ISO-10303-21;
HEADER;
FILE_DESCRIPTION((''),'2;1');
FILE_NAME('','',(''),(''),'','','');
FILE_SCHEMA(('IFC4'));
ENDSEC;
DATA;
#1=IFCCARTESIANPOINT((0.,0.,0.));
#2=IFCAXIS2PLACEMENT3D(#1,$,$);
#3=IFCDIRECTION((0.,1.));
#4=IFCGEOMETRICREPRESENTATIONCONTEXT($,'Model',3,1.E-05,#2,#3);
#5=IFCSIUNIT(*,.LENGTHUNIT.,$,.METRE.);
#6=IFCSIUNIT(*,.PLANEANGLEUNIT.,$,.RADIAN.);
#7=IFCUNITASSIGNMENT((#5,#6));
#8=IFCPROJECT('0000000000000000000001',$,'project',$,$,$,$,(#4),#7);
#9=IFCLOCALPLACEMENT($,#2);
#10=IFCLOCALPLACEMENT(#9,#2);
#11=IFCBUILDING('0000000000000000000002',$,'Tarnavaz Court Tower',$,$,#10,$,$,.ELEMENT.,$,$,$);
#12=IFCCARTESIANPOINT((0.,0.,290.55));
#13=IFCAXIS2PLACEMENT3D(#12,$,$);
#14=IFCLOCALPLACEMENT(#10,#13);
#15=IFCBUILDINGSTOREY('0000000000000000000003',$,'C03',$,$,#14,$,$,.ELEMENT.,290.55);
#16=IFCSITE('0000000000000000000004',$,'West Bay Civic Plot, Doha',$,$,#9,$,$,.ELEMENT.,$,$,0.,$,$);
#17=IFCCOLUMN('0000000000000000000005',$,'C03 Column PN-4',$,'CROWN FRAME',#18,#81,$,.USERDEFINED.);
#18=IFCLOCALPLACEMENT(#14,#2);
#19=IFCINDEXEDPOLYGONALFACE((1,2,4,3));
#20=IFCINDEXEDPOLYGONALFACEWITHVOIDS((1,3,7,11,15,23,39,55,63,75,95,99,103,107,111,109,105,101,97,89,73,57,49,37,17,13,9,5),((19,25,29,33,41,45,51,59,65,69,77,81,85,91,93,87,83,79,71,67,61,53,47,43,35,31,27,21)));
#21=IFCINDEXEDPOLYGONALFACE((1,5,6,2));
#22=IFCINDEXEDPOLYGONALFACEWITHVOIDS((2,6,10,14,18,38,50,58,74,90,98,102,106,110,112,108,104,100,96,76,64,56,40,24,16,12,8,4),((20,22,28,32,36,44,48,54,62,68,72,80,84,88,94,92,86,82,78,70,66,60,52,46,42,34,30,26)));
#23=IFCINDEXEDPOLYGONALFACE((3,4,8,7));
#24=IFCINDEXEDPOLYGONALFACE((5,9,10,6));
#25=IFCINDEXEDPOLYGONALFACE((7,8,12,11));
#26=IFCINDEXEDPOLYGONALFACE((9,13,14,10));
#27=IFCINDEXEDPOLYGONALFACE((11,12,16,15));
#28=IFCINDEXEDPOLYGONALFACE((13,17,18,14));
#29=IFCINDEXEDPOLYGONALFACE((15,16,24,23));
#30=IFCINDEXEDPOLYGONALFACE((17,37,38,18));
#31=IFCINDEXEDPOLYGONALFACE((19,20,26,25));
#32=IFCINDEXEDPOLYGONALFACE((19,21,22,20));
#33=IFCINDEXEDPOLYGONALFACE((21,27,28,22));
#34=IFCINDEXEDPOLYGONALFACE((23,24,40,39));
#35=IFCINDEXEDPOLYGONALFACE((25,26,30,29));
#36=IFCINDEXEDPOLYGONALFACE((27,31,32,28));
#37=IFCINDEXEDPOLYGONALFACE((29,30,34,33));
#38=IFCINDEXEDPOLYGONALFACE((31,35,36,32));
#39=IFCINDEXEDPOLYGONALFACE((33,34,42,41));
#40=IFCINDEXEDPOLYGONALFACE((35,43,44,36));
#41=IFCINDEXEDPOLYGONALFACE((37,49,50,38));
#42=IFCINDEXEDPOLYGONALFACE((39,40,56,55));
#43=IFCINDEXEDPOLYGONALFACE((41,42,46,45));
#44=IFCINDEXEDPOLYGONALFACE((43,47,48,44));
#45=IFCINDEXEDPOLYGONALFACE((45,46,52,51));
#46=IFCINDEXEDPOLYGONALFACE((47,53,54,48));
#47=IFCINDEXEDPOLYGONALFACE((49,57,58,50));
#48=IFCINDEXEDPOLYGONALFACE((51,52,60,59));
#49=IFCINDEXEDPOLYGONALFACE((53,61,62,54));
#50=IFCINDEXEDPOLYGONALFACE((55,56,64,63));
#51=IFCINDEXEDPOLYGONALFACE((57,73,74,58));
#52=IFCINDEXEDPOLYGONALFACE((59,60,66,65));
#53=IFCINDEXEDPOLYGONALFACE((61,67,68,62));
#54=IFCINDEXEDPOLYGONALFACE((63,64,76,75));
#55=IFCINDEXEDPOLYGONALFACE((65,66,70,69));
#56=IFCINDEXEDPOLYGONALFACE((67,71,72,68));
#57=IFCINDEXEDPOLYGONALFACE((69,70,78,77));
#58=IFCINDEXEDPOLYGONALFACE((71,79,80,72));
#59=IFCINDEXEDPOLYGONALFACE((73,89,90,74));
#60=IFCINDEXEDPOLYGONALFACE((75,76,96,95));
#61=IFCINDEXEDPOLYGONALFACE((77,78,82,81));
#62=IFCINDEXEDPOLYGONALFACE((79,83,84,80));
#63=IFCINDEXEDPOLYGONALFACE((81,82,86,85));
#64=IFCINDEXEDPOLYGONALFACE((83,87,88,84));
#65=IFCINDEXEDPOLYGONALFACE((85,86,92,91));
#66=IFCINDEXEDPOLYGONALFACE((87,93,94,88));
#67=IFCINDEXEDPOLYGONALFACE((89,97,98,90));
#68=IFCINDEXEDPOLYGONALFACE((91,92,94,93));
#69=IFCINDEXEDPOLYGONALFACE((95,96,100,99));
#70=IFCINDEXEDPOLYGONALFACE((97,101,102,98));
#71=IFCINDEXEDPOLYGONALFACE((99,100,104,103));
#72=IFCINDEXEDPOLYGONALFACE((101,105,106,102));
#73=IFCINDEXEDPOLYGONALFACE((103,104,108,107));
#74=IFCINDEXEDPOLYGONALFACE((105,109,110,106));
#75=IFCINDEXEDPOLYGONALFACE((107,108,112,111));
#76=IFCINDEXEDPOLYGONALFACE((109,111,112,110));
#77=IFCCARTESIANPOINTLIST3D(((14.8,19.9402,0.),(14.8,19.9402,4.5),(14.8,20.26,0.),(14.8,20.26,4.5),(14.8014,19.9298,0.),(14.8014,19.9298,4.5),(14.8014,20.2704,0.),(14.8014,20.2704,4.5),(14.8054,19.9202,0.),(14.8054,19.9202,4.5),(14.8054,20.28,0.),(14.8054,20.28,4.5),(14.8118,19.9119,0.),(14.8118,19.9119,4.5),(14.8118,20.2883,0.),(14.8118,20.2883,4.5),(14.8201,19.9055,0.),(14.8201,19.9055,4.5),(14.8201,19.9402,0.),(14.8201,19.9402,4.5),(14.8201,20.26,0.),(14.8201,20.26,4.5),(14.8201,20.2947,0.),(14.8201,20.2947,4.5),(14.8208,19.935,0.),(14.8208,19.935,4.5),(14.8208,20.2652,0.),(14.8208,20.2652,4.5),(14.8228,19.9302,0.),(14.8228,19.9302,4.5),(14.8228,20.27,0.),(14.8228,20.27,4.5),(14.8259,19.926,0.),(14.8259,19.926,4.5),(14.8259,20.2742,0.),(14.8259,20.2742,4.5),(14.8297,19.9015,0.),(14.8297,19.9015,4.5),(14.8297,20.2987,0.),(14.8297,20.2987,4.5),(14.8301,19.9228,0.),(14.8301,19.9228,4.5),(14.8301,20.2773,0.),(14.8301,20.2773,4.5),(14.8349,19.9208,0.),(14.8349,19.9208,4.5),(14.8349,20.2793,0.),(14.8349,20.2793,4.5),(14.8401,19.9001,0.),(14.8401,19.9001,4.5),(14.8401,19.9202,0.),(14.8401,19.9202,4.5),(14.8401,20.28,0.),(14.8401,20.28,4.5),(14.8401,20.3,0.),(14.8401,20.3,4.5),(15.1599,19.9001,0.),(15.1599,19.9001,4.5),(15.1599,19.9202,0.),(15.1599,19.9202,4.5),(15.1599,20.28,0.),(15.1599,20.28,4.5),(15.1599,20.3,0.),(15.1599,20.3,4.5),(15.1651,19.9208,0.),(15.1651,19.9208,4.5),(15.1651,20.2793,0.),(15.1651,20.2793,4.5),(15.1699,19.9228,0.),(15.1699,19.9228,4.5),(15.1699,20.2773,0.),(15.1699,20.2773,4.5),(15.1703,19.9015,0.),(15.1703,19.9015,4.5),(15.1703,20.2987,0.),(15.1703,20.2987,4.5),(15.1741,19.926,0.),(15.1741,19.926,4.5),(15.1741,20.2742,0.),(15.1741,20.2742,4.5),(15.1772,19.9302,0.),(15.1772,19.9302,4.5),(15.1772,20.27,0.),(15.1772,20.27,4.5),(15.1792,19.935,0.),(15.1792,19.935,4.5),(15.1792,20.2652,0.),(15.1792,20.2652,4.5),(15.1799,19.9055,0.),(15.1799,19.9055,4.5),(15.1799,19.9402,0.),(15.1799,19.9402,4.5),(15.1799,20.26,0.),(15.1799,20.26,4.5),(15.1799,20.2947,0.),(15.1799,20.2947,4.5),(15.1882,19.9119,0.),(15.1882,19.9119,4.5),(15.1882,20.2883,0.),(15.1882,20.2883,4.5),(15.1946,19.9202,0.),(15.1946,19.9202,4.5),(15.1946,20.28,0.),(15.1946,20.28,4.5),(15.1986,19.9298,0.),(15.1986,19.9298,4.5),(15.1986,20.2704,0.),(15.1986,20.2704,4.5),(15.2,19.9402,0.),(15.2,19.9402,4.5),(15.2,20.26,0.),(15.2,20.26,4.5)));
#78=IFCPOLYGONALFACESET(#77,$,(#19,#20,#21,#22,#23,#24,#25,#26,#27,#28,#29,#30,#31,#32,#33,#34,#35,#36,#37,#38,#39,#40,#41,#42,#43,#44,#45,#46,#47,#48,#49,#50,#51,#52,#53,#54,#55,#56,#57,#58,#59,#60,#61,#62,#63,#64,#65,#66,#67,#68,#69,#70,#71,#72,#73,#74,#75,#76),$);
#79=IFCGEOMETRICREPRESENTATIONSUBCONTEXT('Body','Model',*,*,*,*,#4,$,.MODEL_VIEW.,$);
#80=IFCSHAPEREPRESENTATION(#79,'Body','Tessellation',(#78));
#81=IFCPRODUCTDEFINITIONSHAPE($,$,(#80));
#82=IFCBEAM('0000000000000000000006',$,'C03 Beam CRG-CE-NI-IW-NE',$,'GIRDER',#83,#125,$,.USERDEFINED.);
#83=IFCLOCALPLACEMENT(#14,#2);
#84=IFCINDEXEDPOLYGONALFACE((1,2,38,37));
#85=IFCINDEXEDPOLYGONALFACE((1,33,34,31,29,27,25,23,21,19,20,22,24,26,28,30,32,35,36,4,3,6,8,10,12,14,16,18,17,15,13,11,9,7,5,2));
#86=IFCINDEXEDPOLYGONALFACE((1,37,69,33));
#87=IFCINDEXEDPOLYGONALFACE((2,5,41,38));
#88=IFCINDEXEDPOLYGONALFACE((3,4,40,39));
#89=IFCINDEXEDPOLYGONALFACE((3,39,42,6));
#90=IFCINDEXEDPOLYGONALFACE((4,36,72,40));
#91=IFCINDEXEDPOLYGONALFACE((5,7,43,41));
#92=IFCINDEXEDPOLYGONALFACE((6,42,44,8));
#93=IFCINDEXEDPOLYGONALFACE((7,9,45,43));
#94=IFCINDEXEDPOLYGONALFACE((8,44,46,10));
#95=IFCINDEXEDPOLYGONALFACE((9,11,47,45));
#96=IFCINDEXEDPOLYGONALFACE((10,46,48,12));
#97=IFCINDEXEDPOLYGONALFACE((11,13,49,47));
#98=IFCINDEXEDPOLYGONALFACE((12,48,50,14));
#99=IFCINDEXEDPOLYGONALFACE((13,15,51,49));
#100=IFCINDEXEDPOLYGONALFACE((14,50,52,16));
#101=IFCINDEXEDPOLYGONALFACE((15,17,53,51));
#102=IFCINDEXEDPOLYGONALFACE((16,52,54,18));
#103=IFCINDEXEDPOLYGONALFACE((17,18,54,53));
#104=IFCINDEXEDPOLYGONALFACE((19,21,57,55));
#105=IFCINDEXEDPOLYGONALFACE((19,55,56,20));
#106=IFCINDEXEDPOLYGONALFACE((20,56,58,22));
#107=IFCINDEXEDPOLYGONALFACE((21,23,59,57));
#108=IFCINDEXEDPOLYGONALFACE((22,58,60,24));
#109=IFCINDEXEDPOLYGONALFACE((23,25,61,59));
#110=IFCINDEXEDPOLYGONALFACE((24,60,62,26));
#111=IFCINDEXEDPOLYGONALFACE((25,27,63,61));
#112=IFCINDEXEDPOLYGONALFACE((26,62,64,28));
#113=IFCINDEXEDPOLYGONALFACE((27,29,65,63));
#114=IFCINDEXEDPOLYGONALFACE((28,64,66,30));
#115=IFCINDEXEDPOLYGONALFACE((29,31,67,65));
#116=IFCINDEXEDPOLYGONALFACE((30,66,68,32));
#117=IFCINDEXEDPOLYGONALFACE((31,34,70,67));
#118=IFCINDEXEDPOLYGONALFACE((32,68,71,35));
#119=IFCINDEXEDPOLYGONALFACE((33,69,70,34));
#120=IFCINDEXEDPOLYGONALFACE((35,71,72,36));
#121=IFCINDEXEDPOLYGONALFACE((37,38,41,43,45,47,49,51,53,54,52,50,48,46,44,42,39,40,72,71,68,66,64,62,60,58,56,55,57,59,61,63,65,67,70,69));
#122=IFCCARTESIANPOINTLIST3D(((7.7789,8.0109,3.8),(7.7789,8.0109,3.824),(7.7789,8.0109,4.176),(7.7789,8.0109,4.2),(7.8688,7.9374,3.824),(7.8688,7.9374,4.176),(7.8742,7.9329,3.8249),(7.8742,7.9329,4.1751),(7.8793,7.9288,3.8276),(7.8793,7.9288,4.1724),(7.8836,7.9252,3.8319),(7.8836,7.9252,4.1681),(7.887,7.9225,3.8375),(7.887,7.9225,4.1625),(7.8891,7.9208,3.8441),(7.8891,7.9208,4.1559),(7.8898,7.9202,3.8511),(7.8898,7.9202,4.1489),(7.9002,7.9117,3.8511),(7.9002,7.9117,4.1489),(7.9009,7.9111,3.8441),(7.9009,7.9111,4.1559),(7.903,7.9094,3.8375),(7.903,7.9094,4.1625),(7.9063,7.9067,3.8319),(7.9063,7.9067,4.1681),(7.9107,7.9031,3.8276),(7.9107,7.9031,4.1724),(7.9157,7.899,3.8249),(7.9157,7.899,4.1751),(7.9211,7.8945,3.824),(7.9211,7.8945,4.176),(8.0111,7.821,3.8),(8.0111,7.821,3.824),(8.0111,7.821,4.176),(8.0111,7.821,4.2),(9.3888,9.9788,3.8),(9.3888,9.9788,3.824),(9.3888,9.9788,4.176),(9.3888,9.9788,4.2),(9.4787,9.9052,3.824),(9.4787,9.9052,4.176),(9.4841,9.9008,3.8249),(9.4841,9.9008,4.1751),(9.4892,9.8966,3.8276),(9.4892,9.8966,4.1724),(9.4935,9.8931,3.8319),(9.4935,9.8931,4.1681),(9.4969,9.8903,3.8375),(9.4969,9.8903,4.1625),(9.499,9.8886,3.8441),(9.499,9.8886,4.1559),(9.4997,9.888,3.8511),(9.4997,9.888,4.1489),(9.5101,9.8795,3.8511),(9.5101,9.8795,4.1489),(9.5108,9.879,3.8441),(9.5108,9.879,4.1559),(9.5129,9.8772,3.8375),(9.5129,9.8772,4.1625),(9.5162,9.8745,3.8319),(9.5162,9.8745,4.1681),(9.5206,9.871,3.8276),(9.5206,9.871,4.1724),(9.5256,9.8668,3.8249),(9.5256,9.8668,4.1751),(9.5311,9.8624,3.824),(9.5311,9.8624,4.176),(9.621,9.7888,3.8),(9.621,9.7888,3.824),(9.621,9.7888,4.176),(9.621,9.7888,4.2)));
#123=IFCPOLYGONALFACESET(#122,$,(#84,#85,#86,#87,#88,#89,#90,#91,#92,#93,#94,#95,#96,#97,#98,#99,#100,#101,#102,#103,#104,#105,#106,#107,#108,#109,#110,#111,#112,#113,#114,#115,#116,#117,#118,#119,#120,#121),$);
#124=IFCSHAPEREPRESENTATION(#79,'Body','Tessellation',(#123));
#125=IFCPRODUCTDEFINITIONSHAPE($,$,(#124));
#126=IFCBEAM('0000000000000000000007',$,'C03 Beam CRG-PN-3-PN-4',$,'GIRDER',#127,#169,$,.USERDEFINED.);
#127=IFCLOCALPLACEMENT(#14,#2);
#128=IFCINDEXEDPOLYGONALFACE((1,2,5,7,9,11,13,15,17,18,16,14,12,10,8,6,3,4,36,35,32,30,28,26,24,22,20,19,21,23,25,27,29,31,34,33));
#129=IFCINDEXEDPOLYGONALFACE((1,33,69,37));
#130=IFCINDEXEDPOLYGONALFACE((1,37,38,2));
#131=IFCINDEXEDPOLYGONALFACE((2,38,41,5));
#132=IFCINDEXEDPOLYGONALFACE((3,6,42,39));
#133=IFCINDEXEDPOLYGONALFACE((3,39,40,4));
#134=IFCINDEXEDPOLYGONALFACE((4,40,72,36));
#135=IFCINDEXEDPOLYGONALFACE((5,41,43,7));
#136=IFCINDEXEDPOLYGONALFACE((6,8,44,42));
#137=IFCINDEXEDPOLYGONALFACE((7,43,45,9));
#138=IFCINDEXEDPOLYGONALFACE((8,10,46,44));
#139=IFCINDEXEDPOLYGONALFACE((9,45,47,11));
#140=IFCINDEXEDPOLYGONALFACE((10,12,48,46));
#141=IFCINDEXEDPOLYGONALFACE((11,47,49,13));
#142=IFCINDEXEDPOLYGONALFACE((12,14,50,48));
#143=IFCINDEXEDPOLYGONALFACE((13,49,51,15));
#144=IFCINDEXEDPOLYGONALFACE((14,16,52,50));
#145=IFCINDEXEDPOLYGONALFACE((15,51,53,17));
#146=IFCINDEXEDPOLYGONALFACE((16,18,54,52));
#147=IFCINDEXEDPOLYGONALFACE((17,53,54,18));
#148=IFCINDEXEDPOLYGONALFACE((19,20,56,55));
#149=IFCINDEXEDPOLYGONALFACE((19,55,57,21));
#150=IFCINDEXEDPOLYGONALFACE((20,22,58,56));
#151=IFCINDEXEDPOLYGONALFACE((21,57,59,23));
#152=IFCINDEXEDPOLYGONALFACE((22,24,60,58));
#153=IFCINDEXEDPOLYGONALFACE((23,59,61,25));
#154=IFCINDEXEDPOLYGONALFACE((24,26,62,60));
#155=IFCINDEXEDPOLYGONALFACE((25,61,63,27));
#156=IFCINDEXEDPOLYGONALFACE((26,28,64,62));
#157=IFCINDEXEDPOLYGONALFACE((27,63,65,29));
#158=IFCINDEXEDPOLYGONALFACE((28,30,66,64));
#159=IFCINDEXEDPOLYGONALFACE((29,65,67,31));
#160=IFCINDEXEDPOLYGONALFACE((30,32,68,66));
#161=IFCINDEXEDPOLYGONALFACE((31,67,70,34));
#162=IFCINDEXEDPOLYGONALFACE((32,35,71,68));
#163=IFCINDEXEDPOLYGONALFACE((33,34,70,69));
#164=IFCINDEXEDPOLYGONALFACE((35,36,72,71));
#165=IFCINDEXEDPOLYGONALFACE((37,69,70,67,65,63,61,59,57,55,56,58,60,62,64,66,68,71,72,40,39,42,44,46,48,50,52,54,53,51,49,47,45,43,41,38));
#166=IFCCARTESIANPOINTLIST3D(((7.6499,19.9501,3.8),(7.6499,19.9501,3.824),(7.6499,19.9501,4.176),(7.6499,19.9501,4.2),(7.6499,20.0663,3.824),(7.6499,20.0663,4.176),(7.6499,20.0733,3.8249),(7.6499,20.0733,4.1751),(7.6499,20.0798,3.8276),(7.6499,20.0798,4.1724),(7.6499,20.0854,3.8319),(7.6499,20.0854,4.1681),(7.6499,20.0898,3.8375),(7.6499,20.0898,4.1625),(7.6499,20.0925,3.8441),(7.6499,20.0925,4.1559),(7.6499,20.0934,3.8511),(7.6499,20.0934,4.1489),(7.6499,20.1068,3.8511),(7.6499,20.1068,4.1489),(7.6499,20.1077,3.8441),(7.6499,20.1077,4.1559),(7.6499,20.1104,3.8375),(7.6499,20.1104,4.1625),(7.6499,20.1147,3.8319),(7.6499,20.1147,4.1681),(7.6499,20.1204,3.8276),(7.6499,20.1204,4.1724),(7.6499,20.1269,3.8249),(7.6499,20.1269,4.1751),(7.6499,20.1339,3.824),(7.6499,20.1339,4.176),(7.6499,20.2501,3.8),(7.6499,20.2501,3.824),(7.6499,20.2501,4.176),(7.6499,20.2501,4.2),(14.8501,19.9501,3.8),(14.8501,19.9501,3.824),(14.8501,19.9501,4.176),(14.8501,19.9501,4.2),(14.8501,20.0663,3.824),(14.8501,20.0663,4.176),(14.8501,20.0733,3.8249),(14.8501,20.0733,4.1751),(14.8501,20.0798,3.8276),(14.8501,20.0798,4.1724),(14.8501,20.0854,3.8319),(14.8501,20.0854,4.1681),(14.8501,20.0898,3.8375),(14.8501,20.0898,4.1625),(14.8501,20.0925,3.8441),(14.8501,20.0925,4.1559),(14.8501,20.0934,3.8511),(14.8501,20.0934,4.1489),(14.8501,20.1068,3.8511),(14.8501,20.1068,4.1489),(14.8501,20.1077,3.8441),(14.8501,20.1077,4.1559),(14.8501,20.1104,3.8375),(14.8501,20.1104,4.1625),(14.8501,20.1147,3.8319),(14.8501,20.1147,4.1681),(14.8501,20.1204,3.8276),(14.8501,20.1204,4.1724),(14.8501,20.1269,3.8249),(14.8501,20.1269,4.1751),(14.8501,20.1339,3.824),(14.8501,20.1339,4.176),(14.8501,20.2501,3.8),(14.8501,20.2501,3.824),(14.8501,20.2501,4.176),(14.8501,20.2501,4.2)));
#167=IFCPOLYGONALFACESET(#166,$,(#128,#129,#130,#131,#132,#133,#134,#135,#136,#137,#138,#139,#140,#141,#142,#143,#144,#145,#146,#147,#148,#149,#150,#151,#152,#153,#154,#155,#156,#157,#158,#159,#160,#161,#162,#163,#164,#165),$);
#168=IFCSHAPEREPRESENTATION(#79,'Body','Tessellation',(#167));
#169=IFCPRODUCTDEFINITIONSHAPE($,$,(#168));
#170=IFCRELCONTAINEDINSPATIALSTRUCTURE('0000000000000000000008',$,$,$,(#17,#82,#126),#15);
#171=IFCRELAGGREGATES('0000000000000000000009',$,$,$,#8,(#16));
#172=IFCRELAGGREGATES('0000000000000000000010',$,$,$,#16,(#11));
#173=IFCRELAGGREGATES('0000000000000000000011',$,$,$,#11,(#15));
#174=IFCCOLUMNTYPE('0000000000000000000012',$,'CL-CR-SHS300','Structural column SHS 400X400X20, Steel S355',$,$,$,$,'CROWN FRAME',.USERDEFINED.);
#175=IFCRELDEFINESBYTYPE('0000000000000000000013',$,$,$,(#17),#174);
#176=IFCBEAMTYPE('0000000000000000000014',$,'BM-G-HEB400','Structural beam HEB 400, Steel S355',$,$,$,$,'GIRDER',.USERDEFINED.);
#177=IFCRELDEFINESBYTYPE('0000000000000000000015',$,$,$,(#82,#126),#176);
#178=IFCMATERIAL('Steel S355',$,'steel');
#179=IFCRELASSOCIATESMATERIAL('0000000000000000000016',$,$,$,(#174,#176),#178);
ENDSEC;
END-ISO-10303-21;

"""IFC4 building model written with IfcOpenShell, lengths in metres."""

from ifc_helpers import new_model, si_unit, direction, frame, origin, origin_2d, place, context, subcontext, project, spatial, hollow_rectangle, i_section, extrude, material, material_profile, profile_set, type_object, element, save


model = new_model("IFC4")

# Units and contexts
model_context = context("Model", 3, precision=1e-05, world=origin(), true_north=direction((0.0, 1.0)))
body_context = subcontext(model_context, "Body", "Model", "MODEL_VIEW")
ifc_project = project(units=[si_unit("LENGTHUNIT", "METRE"), si_unit("PLANEANGLEUNIT", "RADIAN")], contexts=[model_context])

# Site, building, storey
site_placement = place(None, origin())
site = spatial("IfcSite", under=ifc_project, at=site_placement, Name="West Bay Civic Plot, Doha", CompositionType="ELEMENT", RefElevation=0.0)
building_placement = place(site_placement, origin())
building = spatial("IfcBuilding", under=site, at=building_placement, Name="Tarnavaz Court Tower", CompositionType="ELEMENT")
storey_placement = place(building_placement, frame((0.0, 0.0, 290.55)))
storey = spatial("IfcBuildingStorey", under=building, at=storey_placement, Name="C03", CompositionType="ELEMENT", Elevation=290.55)

# Column
ifc_material_1 = material(Name="Steel S355", Category="steel")
ifc_material_profile_1 = material_profile(ifc_material_1, hollow_rectangle(XDim=0.3999, YDim=0.3999, WallThickness=0.02, InnerFilletRadius=0.02, OuterFilletRadius=0.04, at=origin_2d()), Name="SHS 400X400X20")
ifc_profile_set_1 = profile_set([ifc_material_profile_1], Name="Steel S355")
column_type = type_object("IfcColumnType", Name="CL-CR-SHS300", Description="Structural column SHS 400X400X20, Steel S355", ElementType="CROWN FRAME", PredefinedType="USERDEFINED", material=ifc_profile_set_1)
for number, where, z_axis, x_axis, name in (
    (1, (15.0, 20.1001, 0.0), (0.0, 0.0, 1.0), (1.0, 0.0, 0.0), "C03 Column PN-4"),
):
    element("IfcColumn", number, at=place(storey_placement, frame(where, z_axis=z_axis, x_axis=x_axis)), inside=storey, type_object=column_type, Name=name, ObjectType="CROWN FRAME", PredefinedType="USERDEFINED", context=body_context, shape_type="SweptSolid", body=[
        extrude(hollow_rectangle(XDim=0.3999, YDim=0.3999, WallThickness=0.02, InnerFilletRadius=0.02, OuterFilletRadius=0.04, at=origin_2d()), origin(), (0.0, 0.0, 1.0), 4.5),
    ])

# Beams
ifc_material_profile_2 = material_profile(ifc_material_1, i_section(OverallWidth=0.3, OverallDepth=0.3999, WebThickness=0.0134, FlangeThickness=0.0239, FilletRadius=0.0271, at=origin_2d()), Name="HEB 400")
ifc_profile_set_2 = profile_set([ifc_material_profile_2], Name="Steel S355")
beam_type = type_object("IfcBeamType", Name="BM-G-HEB400", Description="Structural beam HEB 400, Steel S355", ElementType="GIRDER", PredefinedType="USERDEFINED", material=ifc_profile_set_2)
beam_1_placement = place(storey_placement, frame((9.5049, 9.8838, 4.0), z_axis=(-0.633206, -0.773983, 0.0), x_axis=(0.773983, -0.633206, 0.0)))
element("IfcBeam", 2, at=beam_1_placement, inside=storey, type_object=beam_type, Name="C03 Beam CRG-CE-NI-IW-NE", ObjectType="GIRDER", PredefinedType="USERDEFINED", context=body_context, shape_type="SweptSolid", body=[
    extrude(i_section(OverallWidth=0.3, OverallDepth=0.3999, WebThickness=0.0134, FlangeThickness=0.0239, FilletRadius=0.0271, at=origin_2d()), origin(), (0.0, 0.0, 1.0), 2.5425),
])
beam_2_placement = place(storey_placement, frame((7.6499, 20.1001, 4.0), z_axis=(1.0, 0.0, 0.0), x_axis=(0.0, 1.0, 0.0)))
element("IfcBeam", 3, at=beam_2_placement, inside=storey, type_object=beam_type, Name="C03 Beam CRG-PN-3-PN-4", ObjectType="GIRDER", PredefinedType="USERDEFINED", context=body_context, shape_type="SweptSolid", body=[
    extrude(i_section(OverallWidth=0.3, OverallDepth=0.3999, WebThickness=0.0134, FlangeThickness=0.0239, FilletRadius=0.0271, at=origin_2d()), origin(), (0.0, 0.0, 1.0), 7.2002),
])

save(model, "model.ifc")
